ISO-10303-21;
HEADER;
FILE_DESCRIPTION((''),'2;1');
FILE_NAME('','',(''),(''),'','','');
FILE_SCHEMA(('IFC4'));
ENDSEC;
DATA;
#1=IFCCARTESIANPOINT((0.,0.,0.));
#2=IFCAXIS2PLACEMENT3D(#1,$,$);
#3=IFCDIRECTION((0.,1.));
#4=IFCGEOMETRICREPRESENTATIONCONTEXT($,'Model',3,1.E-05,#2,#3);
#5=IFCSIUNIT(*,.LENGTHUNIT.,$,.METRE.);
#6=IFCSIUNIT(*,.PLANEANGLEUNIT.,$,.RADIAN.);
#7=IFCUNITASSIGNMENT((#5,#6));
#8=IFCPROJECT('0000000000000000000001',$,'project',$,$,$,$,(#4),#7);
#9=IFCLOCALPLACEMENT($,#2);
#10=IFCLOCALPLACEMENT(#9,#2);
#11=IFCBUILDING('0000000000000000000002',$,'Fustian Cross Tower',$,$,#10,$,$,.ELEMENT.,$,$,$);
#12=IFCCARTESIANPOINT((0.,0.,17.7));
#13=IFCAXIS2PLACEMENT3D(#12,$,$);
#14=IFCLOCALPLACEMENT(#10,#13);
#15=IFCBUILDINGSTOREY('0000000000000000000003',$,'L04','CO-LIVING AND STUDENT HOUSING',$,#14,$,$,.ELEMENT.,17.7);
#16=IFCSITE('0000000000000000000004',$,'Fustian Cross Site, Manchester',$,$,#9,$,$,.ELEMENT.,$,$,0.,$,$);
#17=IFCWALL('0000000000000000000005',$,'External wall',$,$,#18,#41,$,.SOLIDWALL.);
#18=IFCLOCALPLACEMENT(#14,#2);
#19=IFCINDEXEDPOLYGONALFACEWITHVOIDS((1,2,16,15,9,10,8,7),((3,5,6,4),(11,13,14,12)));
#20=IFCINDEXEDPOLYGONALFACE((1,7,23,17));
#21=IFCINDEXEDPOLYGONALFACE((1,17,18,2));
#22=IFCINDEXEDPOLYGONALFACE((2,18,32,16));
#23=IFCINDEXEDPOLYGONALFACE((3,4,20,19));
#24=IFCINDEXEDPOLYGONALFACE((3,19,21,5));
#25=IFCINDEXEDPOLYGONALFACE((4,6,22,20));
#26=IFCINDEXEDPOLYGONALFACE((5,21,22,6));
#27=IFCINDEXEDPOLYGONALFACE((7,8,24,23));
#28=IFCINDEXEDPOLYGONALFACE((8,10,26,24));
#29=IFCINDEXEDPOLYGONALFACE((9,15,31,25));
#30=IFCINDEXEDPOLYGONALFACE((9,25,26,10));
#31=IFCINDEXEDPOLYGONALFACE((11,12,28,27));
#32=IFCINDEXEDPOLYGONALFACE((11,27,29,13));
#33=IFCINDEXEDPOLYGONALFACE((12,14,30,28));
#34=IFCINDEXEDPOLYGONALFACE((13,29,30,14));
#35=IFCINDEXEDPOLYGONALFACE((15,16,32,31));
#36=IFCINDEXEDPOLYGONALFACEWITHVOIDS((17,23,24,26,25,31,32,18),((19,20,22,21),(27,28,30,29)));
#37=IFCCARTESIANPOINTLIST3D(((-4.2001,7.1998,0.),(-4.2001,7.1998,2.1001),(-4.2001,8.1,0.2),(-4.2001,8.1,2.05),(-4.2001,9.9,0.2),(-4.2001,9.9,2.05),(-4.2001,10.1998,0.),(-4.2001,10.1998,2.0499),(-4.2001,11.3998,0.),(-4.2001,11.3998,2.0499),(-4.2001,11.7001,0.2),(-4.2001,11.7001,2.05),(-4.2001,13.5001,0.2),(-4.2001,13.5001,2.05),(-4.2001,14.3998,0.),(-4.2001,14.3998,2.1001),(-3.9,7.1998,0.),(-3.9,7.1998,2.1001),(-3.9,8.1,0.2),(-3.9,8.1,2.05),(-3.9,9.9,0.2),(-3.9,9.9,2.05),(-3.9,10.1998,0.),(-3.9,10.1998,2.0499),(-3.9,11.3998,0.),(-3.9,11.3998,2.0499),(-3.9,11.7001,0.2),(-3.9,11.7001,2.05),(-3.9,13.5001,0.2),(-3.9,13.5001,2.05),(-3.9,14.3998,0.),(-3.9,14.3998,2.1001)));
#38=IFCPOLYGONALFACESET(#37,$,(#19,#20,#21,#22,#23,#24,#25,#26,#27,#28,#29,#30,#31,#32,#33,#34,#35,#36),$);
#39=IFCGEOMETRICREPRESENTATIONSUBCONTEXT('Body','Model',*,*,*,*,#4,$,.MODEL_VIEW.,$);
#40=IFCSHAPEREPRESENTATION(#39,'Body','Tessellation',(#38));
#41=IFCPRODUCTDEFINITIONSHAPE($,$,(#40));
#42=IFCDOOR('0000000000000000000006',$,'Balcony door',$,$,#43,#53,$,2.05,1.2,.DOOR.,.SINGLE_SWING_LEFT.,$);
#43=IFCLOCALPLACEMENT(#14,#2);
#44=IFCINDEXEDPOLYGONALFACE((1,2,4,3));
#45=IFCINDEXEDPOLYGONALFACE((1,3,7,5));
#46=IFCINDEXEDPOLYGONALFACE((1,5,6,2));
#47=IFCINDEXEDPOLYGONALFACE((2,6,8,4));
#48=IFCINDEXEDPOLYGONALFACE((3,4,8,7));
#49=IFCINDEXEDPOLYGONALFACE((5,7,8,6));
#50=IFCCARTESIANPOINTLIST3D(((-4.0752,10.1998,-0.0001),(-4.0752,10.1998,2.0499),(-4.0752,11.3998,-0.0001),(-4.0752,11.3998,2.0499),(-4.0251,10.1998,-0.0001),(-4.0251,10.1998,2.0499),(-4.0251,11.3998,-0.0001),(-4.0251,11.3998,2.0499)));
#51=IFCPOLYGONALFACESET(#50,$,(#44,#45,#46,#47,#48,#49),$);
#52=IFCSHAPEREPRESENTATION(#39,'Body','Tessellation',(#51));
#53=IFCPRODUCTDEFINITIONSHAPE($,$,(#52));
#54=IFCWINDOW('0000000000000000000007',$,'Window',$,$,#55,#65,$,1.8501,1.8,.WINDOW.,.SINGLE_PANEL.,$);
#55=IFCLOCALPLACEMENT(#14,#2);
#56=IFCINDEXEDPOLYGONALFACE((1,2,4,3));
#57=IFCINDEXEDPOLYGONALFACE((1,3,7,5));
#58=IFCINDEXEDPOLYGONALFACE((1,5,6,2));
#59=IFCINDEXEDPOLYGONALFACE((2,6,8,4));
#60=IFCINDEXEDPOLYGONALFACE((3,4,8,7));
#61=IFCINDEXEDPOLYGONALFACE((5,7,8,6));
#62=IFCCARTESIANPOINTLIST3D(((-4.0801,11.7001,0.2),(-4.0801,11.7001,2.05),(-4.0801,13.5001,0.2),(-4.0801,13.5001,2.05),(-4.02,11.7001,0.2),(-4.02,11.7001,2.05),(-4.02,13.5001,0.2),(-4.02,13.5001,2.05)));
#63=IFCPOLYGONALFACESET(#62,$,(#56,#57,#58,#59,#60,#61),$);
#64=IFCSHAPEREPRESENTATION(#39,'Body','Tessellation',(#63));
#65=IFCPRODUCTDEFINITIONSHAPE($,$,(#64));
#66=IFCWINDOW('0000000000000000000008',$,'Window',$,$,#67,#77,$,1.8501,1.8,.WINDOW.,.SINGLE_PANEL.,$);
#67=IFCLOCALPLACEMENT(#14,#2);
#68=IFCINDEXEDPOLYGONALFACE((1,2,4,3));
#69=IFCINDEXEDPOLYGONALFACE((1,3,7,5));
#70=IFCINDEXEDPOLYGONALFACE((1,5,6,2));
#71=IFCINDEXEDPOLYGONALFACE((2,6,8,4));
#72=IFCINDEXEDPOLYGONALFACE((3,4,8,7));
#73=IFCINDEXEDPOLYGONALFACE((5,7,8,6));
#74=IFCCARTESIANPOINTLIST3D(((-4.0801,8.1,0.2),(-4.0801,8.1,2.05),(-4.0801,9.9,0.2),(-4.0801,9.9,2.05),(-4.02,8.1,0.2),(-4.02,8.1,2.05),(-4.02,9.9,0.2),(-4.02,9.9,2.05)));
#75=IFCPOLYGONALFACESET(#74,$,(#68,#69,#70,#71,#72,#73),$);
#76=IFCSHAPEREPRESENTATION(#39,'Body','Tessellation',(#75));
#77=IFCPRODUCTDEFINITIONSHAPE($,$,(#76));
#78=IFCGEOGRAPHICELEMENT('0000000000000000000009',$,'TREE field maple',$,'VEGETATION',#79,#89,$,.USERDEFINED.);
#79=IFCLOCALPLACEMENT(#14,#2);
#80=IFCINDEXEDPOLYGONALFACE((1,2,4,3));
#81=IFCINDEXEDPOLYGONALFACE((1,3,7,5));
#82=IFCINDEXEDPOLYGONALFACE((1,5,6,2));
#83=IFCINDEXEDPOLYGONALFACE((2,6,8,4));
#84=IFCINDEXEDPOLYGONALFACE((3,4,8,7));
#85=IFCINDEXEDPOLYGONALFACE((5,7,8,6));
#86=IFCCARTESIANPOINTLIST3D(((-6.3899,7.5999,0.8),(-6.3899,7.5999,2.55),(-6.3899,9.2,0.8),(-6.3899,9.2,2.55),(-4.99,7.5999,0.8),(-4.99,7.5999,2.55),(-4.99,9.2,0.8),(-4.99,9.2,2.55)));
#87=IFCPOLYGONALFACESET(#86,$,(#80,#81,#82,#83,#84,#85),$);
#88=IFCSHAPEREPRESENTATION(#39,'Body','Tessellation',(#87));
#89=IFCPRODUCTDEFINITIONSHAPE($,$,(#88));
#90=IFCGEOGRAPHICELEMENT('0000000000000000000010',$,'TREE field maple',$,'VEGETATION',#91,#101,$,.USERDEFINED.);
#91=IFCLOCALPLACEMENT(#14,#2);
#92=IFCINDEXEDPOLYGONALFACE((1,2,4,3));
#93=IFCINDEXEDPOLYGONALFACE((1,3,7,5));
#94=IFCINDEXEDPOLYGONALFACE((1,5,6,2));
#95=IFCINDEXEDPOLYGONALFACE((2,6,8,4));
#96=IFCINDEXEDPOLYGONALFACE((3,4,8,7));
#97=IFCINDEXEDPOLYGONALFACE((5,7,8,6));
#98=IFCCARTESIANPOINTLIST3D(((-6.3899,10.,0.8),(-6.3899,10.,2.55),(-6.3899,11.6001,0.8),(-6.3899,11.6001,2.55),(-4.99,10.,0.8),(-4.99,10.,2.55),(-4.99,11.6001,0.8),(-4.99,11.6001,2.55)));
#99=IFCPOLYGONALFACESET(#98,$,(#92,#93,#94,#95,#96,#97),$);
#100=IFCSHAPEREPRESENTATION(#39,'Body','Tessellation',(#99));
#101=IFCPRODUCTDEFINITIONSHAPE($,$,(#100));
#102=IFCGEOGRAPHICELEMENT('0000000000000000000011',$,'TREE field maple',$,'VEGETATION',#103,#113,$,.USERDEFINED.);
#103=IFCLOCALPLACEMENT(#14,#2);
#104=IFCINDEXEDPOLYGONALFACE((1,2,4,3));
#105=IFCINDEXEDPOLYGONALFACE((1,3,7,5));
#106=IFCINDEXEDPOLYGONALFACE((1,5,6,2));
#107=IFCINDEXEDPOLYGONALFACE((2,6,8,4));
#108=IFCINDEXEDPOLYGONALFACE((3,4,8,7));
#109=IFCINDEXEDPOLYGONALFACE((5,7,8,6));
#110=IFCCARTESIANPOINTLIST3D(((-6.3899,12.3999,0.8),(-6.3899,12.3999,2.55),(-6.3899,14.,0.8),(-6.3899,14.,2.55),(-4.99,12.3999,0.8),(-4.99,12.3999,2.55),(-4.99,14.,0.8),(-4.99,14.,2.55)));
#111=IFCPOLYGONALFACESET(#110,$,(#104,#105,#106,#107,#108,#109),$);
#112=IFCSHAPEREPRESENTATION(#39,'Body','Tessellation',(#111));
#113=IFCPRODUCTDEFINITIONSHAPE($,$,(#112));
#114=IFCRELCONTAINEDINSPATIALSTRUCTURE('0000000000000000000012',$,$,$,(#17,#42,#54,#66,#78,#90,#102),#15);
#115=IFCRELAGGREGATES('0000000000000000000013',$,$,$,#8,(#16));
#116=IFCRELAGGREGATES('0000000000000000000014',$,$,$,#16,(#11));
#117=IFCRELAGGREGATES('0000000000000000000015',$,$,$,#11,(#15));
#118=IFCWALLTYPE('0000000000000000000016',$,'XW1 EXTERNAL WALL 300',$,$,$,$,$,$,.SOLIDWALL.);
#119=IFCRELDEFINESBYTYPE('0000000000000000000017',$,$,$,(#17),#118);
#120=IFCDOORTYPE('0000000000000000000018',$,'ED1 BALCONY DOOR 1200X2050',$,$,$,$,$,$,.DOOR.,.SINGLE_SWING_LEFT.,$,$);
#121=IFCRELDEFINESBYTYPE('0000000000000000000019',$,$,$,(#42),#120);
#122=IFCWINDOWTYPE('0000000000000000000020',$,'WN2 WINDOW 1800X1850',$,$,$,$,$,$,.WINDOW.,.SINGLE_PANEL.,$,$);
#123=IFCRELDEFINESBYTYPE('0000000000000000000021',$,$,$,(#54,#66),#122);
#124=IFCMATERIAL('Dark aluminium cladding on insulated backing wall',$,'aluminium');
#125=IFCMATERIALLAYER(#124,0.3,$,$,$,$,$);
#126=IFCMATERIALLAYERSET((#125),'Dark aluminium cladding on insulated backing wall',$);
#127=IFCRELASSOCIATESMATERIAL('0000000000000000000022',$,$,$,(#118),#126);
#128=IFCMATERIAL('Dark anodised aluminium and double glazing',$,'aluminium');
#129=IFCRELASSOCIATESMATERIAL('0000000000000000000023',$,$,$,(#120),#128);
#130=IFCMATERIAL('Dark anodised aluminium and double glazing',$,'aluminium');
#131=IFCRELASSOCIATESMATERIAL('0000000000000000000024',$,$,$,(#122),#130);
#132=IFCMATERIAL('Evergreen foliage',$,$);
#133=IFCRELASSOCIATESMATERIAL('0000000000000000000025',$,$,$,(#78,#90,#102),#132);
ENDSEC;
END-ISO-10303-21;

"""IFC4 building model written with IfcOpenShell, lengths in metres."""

from ifc_helpers import new_model, si_unit, direction, frame, frame_2d, origin, origin_2d, place, context, subcontext, project, spatial, rectangle, extrude, material, layer, layer_set, type_object, element, fill, save


model = new_model("IFC4")

# Units and contexts
model_context = context("Model", 3, precision=1e-05, world=origin(), true_north=direction((0.0, 1.0)))
body_context = subcontext(model_context, "Body", "Model", "MODEL_VIEW")
ifc_project = project(units=[si_unit("LENGTHUNIT", "METRE"), si_unit("PLANEANGLEUNIT", "RADIAN")], contexts=[model_context])

# Site, building, storey
site_placement = place(None, origin())
site = spatial("IfcSite", under=ifc_project, at=site_placement, Name="Fustian Cross Site, Manchester", CompositionType="ELEMENT", RefElevation=0.0)
building_placement = place(site_placement, origin())
building = spatial("IfcBuilding", under=site, at=building_placement, Name="Fustian Cross Tower", CompositionType="ELEMENT")
storey_placement = place(building_placement, frame((0.0, 0.0, 17.7)))
storey = spatial("IfcBuildingStorey", under=building, at=storey_placement, Name="L04", Description="CO-LIVING AND STUDENT HOUSING", CompositionType="ELEMENT", Elevation=17.7)

# Shared definitions
ifc_material_1 = material(Name="Dark aluminium cladding on insulated backing wall", Category="aluminium")
ifc_layer_1 = layer(ifc_material_1, 0.3)
ifc_layer_set_1 = layer_set([ifc_layer_1], Name="Dark aluminium cladding on insulated backing wall")
wall_type_1 = type_object("IfcWallType", Name="XW1 EXTERNAL WALL 300", PredefinedType="SOLIDWALL", material=ifc_layer_set_1)

# Wall, openings, door, windows
wall_1_placement = place(storey_placement, frame((-4.05, 14.3999, 0.0), z_axis=(0.0, 0.0, 1.0), x_axis=(0.0, -1.0, 0.0)))
wall_1 = element("IfcWall", 1, at=wall_1_placement, inside=storey, type_object=wall_type_1, Name="External wall", PredefinedType="SOLIDWALL", context=body_context, shape_type="SweptSolid", body=[
    extrude(rectangle(XDim=7.2, YDim=0.3, at=frame_2d((3.6001, 0.0))), origin(), (0.0, 0.0, 1.0), 2.1001),
])
opening_1_placement = place(wall_1_placement, frame((3.0, 0.0, 0.0)))
opening_1 = element("IfcOpeningElement", 2, at=opening_1_placement, cuts=wall_1, PredefinedType="OPENING", context=body_context, shape_type="SweptSolid", body=[
    extrude(rectangle(XDim=1.2, YDim=2.05, at=frame_2d((0.6001, 1.0249))), frame((0.0, 0.1599, 0.0), z_axis=(0.0, -1.0, 0.0), x_axis=(1.0, 0.0, 0.0)), (0.0, 0.0, 1.0), 0.3201),
])
opening_2_placement = place(wall_1_placement, frame((0.8999, 0.0, 0.2)))
opening_2 = element("IfcOpeningElement", 3, at=opening_2_placement, cuts=wall_1, PredefinedType="OPENING", context=body_context, shape_type="SweptSolid", body=[
    extrude(rectangle(XDim=1.8, YDim=1.8501, at=frame_2d((0.8999, 0.925))), frame((0.0, 0.1599, 0.0), z_axis=(0.0, -1.0, 0.0), x_axis=(1.0, 0.0, 0.0)), (0.0, 0.0, 1.0), 0.3201),
])
opening_3_placement = place(wall_1_placement, frame((4.5, 0.0, 0.2)))
opening_3 = element("IfcOpeningElement", 4, at=opening_3_placement, cuts=wall_1, PredefinedType="OPENING", context=body_context, shape_type="SweptSolid", body=[
    extrude(rectangle(XDim=1.8, YDim=1.8501, at=frame_2d((0.8999, 0.925))), frame((0.0, 0.1599, 0.0), z_axis=(0.0, -1.0, 0.0), x_axis=(1.0, 0.0, 0.0)), (0.0, 0.0, 1.0), 0.3201),
])
ifc_material_2 = material(Name="Dark anodised aluminium and double glazing", Category="aluminium")
door_type_1 = type_object("IfcDoorType", Name="ED1 BALCONY DOOR 1200X2050", OperationType="SINGLE_SWING_LEFT", PredefinedType="DOOR", material=ifc_material_2)
door_1_placement = place(opening_1_placement, origin())
door_1 = element("IfcDoor", 5, at=door_1_placement, inside=storey, type_object=door_type_1, Name="Balcony door", OperationType="SINGLE_SWING_LEFT", OverallHeight=2.05, OverallWidth=1.2, PredefinedType="DOOR", context=body_context, shape_type="SweptSolid", body=[
    extrude(rectangle(XDim=1.2, YDim=2.05, at=frame_2d((0.6001, 1.0249))), frame((0.0, 0.0249, 0.0), z_axis=(0.0, -1.0, 0.0), x_axis=(1.0, 0.0, 0.0)), (0.0, 0.0, 1.0), 0.05),
])
fill(opening_1, door_1)
ifc_material_3 = material(Name="Dark anodised aluminium and double glazing", Category="aluminium")
window_type = type_object("IfcWindowType", Name="WN2 WINDOW 1800X1850", PartitioningType="SINGLE_PANEL", PredefinedType="WINDOW", material=ifc_material_3)
window_1_placement = place(opening_2_placement, origin())
window_1 = element("IfcWindow", 6, at=window_1_placement, inside=storey, type_object=window_type, Name="Window", OverallHeight=1.8501, OverallWidth=1.8, PartitioningType="SINGLE_PANEL", PredefinedType="WINDOW", context=body_context, shape_type="SweptSolid", body=[
    extrude(rectangle(XDim=1.8, YDim=1.8501, at=frame_2d((0.8999, 0.925))), frame((0.0, 0.03, 0.0), z_axis=(0.0, -1.0, 0.0), x_axis=(1.0, 0.0, 0.0)), (0.0, 0.0, 1.0), 0.0601),
])
fill(opening_2, window_1)
window_2_placement = place(opening_3_placement, origin())
window_2 = element("IfcWindow", 7, at=window_2_placement, inside=storey, type_object=window_type, Name="Window", OverallHeight=1.8501, OverallWidth=1.8, PartitioningType="SINGLE_PANEL", PredefinedType="WINDOW", context=body_context, shape_type="SweptSolid", body=[
    extrude(rectangle(XDim=1.8, YDim=1.8501, at=frame_2d((0.8999, 0.925))), frame((0.0, 0.03, 0.0), z_axis=(0.0, -1.0, 0.0), x_axis=(1.0, 0.0, 0.0)), (0.0, 0.0, 1.0), 0.0601),
])
fill(opening_3, window_2)

# Geographic elements
ifc_material_4 = material(Name="Evergreen foliage")
for number, where, z_axis, x_axis, name in (
    (8, (-5.6899, 8.3999, 0.8), (0.0, 0.0, 1.0), (1.0, 0.0, 0.0), "TREE field maple"),
    (9, (-5.6899, 10.8, 0.8), (0.0, 0.0, 1.0), (1.0, 0.0, 0.0), "TREE field maple"),
    (10, (-5.6899, 13.2, 0.8), (0.0, 0.0, 1.0), (1.0, 0.0, 0.0), "TREE field maple"),
):
    element("IfcGeographicElement", number, at=place(storey_placement, frame(where, z_axis=z_axis, x_axis=x_axis)), inside=storey, material=ifc_material_4, Name=name, ObjectType="VEGETATION", PredefinedType="USERDEFINED", context=body_context, shape_type="SweptSolid", body=[
        extrude(rectangle(XDim=1.3999, YDim=1.6001, at=origin_2d()), origin(), (0.0, 0.0, 1.0), 1.75),
    ])

save(model, "model.ifc")
